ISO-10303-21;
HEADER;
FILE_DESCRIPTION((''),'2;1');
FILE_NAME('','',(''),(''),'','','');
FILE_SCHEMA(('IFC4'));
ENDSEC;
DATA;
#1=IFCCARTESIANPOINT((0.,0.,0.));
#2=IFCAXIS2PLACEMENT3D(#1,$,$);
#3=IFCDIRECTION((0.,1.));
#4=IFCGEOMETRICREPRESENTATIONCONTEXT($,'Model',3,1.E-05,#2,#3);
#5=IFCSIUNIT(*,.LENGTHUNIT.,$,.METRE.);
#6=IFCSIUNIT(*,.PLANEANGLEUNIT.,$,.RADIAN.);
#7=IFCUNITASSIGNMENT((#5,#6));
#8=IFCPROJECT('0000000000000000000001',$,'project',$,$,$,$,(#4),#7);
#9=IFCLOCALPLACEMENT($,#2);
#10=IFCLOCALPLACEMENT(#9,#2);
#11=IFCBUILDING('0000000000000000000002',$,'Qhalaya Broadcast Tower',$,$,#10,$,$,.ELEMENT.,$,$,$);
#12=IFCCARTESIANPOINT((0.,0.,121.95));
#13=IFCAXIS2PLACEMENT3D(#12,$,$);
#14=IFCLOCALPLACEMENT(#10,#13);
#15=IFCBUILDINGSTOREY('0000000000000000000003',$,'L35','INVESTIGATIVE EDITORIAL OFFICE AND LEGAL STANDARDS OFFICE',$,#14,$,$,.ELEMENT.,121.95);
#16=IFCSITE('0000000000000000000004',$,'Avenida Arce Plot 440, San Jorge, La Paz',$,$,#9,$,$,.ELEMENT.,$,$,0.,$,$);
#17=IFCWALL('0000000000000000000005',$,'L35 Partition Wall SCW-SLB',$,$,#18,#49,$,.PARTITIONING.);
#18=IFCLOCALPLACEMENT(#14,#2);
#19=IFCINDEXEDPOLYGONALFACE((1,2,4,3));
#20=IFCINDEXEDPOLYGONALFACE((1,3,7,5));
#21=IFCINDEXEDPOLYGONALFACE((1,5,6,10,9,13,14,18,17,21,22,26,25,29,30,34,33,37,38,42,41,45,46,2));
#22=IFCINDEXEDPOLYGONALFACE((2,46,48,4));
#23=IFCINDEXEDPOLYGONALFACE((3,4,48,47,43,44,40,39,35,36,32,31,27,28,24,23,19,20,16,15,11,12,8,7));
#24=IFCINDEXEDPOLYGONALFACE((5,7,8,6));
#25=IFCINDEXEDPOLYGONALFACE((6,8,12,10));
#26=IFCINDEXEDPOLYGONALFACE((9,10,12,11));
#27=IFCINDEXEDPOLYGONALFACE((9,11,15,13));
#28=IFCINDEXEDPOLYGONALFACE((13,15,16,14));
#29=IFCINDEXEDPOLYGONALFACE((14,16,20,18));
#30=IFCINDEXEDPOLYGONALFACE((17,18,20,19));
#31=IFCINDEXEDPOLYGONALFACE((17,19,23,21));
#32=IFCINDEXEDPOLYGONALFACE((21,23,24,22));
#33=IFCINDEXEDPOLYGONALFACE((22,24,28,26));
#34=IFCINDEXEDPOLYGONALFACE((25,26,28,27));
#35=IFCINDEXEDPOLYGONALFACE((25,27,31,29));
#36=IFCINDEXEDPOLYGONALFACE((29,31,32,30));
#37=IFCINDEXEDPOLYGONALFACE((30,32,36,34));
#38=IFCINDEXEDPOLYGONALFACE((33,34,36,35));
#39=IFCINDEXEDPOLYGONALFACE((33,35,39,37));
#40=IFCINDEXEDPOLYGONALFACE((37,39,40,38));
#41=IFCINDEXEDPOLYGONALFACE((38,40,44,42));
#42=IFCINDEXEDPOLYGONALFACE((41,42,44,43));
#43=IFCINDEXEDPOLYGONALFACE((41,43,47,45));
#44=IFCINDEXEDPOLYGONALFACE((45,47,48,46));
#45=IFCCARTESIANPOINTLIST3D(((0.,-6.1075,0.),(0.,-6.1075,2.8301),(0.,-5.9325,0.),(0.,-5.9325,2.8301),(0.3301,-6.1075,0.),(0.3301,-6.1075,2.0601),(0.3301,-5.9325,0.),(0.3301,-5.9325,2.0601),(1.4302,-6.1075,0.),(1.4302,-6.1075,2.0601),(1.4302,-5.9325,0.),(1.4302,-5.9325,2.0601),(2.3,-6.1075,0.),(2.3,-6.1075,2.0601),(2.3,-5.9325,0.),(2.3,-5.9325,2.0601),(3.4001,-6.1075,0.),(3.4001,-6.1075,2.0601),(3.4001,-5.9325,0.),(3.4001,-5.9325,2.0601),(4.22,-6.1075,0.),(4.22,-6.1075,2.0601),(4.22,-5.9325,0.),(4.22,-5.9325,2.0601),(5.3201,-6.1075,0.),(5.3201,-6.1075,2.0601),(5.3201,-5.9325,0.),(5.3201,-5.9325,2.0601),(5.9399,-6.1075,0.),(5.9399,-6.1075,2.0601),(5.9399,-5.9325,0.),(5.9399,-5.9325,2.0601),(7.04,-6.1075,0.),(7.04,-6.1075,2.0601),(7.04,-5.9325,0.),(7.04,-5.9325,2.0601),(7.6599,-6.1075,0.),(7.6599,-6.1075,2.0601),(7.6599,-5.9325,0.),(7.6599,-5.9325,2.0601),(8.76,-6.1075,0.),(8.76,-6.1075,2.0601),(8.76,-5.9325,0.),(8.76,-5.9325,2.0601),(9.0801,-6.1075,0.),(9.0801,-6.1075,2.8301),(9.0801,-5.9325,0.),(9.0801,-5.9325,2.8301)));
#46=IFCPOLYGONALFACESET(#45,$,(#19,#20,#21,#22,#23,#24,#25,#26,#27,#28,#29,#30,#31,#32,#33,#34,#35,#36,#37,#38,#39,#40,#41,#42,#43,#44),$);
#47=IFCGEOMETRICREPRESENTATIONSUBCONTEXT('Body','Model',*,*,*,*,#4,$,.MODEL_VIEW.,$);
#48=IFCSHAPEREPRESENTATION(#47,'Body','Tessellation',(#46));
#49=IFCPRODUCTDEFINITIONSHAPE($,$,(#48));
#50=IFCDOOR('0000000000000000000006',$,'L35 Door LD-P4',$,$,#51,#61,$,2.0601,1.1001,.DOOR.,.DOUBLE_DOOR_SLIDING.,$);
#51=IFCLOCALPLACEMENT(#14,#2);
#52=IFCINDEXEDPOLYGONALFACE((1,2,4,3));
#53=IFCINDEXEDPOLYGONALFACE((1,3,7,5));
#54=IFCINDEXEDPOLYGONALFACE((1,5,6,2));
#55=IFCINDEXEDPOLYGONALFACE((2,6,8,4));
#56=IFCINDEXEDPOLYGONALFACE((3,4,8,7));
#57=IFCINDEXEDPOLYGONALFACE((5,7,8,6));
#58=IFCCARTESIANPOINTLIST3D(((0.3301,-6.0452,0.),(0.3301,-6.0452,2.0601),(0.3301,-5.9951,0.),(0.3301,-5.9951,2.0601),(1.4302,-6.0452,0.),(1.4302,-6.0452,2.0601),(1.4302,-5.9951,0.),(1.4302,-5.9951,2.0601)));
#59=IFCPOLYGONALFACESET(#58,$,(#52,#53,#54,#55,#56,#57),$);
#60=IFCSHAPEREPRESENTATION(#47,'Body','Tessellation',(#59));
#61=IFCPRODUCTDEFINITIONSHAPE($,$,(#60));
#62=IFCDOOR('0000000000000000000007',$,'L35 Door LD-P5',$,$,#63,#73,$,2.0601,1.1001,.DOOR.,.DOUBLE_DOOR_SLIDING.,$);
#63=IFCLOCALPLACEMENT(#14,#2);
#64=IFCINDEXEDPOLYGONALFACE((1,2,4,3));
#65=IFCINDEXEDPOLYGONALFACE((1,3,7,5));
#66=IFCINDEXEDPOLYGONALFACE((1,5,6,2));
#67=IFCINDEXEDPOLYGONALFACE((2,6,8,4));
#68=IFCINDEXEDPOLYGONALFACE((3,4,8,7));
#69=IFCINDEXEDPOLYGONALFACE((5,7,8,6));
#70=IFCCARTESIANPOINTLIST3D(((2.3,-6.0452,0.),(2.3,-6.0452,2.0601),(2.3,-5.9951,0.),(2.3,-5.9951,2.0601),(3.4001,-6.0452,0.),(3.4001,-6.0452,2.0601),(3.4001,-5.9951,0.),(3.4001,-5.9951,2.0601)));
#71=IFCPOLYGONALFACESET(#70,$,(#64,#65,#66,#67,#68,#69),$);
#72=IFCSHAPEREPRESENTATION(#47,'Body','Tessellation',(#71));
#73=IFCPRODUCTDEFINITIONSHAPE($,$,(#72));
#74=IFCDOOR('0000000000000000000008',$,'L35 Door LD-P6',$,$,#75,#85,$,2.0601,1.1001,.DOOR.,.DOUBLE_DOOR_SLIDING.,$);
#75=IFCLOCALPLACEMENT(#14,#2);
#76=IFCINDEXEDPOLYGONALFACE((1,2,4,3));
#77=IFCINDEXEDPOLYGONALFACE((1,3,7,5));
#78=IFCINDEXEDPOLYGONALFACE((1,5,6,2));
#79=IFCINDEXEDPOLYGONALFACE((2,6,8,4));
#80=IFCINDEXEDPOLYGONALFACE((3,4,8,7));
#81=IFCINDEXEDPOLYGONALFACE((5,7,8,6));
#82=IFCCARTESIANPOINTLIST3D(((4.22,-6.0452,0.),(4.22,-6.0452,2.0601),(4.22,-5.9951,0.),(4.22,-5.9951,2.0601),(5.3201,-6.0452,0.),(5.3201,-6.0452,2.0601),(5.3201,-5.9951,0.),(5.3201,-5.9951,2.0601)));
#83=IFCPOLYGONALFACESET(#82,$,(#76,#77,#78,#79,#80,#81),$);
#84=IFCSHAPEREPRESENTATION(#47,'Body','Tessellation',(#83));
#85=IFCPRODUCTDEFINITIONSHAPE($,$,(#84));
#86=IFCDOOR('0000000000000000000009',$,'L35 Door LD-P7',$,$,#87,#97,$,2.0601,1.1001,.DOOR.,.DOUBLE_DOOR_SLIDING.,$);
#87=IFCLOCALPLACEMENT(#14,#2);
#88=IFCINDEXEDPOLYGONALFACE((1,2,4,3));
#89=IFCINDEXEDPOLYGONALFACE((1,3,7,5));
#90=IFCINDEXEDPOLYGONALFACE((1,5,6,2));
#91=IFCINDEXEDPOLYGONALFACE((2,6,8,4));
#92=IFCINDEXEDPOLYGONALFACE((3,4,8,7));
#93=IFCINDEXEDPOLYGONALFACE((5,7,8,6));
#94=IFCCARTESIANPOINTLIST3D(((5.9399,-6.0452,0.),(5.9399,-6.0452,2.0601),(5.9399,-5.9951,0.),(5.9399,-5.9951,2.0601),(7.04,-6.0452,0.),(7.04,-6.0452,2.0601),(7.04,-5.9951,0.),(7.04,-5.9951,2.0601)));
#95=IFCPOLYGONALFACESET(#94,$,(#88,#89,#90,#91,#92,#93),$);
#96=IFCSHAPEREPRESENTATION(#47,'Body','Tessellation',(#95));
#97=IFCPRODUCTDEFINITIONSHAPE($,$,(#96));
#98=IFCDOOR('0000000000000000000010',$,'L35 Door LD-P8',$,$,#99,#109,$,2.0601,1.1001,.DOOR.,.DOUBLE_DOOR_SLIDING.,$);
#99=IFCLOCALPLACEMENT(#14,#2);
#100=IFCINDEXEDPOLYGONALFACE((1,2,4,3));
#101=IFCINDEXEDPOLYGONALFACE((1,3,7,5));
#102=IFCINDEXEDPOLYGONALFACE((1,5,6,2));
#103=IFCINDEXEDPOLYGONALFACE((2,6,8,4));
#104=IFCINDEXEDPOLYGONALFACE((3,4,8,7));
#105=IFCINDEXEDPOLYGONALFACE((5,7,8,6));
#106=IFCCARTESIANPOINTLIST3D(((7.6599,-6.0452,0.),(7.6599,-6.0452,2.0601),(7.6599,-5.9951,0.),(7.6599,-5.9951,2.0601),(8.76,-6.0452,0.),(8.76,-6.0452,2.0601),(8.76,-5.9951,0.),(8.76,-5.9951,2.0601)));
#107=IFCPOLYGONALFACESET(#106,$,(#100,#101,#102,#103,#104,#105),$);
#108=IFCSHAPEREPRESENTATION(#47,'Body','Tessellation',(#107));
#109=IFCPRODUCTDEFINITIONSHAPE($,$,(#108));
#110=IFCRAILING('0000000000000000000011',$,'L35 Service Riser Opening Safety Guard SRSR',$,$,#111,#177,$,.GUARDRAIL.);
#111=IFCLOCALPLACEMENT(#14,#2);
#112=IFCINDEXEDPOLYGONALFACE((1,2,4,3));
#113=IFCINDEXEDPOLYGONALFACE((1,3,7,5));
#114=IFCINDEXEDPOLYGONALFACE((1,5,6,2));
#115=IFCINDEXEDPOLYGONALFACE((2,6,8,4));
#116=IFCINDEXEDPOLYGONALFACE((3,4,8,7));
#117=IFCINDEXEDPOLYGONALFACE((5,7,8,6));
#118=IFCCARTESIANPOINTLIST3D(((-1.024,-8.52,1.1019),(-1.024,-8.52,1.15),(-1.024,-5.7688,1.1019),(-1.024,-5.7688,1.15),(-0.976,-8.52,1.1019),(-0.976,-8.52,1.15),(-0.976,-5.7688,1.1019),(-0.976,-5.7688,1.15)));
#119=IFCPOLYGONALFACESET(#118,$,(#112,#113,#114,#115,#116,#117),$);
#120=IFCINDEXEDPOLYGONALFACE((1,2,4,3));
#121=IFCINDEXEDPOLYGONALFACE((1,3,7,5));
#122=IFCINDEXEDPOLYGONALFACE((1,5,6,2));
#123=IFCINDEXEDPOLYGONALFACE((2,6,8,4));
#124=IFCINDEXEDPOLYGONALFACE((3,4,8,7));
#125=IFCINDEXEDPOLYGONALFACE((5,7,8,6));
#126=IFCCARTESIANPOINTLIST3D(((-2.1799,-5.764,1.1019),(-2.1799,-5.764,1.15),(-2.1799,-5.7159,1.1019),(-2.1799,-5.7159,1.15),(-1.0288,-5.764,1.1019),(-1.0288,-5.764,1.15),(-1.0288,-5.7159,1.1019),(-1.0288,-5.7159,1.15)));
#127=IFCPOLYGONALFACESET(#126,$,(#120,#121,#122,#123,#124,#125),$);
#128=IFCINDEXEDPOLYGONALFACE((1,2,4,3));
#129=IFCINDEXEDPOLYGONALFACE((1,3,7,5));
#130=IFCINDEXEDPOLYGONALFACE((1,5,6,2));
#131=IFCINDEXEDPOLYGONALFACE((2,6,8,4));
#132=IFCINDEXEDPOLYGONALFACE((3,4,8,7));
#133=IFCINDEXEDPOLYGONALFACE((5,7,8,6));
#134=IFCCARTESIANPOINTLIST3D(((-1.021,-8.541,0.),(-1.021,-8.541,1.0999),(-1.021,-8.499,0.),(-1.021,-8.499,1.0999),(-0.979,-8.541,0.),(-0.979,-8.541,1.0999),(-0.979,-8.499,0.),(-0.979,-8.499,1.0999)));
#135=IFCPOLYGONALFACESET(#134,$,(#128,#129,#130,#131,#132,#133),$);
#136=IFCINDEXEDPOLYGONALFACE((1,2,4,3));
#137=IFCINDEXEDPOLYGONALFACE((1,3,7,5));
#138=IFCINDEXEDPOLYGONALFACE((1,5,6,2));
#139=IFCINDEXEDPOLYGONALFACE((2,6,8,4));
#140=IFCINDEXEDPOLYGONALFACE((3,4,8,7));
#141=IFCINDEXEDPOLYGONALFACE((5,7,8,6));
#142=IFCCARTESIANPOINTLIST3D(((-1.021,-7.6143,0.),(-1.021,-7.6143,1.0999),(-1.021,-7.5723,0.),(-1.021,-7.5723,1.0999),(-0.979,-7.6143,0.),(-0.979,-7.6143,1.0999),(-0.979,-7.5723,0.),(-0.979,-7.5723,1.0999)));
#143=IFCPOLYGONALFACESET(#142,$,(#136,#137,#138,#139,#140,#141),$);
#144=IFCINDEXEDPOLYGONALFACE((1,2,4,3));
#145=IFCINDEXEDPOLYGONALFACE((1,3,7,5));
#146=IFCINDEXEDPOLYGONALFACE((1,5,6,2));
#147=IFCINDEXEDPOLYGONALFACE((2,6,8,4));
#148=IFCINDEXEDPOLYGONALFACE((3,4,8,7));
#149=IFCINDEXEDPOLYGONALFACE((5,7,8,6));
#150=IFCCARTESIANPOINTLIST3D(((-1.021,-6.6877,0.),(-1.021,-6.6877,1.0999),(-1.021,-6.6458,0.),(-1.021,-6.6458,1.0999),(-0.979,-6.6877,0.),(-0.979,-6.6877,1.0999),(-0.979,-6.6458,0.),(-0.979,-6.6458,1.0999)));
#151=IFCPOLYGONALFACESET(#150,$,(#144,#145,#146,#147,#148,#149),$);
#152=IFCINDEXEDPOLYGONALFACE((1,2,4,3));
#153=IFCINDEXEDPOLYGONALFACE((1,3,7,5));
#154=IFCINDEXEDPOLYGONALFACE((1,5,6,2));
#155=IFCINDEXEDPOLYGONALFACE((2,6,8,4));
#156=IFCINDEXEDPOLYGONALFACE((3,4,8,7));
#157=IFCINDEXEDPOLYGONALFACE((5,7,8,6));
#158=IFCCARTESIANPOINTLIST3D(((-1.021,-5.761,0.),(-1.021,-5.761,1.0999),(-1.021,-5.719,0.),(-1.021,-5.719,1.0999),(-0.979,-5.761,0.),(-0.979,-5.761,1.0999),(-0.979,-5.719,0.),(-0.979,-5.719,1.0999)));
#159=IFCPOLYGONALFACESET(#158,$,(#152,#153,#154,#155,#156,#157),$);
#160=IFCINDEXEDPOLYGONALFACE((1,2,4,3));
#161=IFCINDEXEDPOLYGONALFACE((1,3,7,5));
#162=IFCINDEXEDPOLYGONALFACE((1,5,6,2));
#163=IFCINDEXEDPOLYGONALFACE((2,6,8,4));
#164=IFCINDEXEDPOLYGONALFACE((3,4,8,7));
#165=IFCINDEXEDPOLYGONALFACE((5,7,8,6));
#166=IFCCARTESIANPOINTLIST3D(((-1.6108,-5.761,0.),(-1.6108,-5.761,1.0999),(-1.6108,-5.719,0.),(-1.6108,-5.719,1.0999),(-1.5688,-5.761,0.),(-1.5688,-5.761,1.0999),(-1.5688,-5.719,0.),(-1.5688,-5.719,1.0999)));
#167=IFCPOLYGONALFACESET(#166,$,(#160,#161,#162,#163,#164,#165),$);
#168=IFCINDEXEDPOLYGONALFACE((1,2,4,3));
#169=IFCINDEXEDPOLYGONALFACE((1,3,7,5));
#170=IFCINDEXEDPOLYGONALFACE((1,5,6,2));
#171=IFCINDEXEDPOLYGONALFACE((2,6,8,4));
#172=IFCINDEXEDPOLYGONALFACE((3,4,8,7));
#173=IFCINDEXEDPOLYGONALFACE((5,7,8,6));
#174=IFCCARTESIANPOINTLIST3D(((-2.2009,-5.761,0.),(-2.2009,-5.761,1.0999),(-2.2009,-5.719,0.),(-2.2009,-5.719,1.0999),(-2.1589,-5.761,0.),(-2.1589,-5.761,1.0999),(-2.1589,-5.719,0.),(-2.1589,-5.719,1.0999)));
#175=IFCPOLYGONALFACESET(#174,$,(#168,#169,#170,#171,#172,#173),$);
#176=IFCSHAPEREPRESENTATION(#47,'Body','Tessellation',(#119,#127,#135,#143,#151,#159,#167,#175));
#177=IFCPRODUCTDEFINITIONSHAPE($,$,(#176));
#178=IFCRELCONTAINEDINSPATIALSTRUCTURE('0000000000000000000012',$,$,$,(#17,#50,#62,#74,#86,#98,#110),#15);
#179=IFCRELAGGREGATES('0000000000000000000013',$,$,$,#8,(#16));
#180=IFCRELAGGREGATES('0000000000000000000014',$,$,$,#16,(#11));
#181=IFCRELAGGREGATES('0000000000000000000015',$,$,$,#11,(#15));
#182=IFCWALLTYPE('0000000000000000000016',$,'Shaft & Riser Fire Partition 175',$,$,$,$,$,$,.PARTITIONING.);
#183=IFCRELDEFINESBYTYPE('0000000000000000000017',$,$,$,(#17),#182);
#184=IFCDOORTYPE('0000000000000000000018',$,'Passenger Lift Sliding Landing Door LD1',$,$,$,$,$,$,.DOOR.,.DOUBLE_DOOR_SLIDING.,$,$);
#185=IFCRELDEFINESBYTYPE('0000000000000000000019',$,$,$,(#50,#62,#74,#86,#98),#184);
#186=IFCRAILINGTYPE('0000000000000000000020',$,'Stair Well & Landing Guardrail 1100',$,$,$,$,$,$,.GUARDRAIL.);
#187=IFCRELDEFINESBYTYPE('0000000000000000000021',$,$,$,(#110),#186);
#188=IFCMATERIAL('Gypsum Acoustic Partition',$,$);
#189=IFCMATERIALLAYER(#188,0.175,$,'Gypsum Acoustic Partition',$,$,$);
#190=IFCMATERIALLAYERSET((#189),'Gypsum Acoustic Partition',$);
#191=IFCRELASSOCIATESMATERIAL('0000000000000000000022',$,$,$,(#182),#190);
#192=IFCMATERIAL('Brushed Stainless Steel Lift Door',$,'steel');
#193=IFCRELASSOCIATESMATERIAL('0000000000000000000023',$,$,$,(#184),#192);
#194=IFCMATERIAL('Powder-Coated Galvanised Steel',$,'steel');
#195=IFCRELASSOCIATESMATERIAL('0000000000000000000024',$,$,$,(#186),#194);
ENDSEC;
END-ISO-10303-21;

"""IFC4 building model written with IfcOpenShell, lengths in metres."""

from ifc_helpers import new_model, si_unit, direction, frame, frame_2d, origin, origin_2d, place, context, subcontext, project, spatial, rectangle, extrude, material, layer, layer_set, type_object, element, fill, save


model = new_model("IFC4")

# Units and contexts
model_context = context("Model", 3, precision=1e-05, world=origin(), true_north=direction((0.0, 1.0)))
body_context = subcontext(model_context, "Body", "Model", "MODEL_VIEW")
ifc_project = project(units=[si_unit("LENGTHUNIT", "METRE"), si_unit("PLANEANGLEUNIT", "RADIAN")], contexts=[model_context])

# Site, building, storey
site_placement = place(None, origin())
site = spatial("IfcSite", under=ifc_project, at=site_placement, Name="Avenida Arce Plot 440, San Jorge, La Paz", CompositionType="ELEMENT", RefElevation=0.0)
building_placement = place(site_placement, origin())
building = spatial("IfcBuilding", under=site, at=building_placement, Name="Qhalaya Broadcast Tower", CompositionType="ELEMENT")
storey_placement = place(building_placement, frame((0.0, 0.0, 121.95)))
storey = spatial("IfcBuildingStorey", under=building, at=storey_placement, Name="L35", Description="INVESTIGATIVE EDITORIAL OFFICE AND LEGAL STANDARDS OFFICE", CompositionType="ELEMENT", Elevation=121.95)

# Shared definitions
ifc_material_1 = material(Name="Gypsum Acoustic Partition")

# Shared definitions
ifc_layer_1 = layer(ifc_material_1, 0.175, Name="Gypsum Acoustic Partition")
ifc_layer_set_1 = layer_set([ifc_layer_1], Name="Gypsum Acoustic Partition")
wall_type_1 = type_object("IfcWallType", Name="Shaft & Riser Fire Partition 175", PredefinedType="PARTITIONING", material=ifc_layer_set_1)

# Wall, openings, doors
wall_1_placement = place(storey_placement, frame((0.0, -6.02, 0.0), z_axis=(0.0, 0.0, 1.0), x_axis=(1.0, 0.0, 0.0)))
wall_1 = element("IfcWall", 1, at=wall_1_placement, inside=storey, type_object=wall_type_1, Name="L35 Partition Wall SCW-SLB", PredefinedType="PARTITIONING", context=body_context, shape_type="SweptSolid", body=[
    extrude(rectangle(XDim=9.0801, YDim=0.175, at=frame_2d((4.54, 0.0))), origin(), (0.0, 0.0, 1.0), 2.8301),
])
opening_1_placement = place(wall_1_placement, frame((0.3301, 0.0, 0.0)))
opening_1 = element("IfcOpeningElement", 2, at=opening_1_placement, cuts=wall_1, PredefinedType="OPENING", context=body_context, shape_type="SweptSolid", body=[
    extrude(rectangle(XDim=1.1001, YDim=2.0601, at=frame_2d((0.55, 1.03))), frame((0.0, 0.0996, 0.0), z_axis=(0.0, -1.0, 0.0), x_axis=(1.0, 0.0, 0.0)), (0.0, 0.0, 1.0), 0.199),
])
opening_2_placement = place(wall_1_placement, frame((2.3, 0.0, 0.0)))
opening_2 = element("IfcOpeningElement", 3, at=opening_2_placement, cuts=wall_1, PredefinedType="OPENING", context=body_context, shape_type="SweptSolid", body=[
    extrude(rectangle(XDim=1.1001, YDim=2.0601, at=frame_2d((0.55, 1.03))), frame((0.0, 0.0996, 0.0), z_axis=(0.0, -1.0, 0.0), x_axis=(1.0, 0.0, 0.0)), (0.0, 0.0, 1.0), 0.199),
])
opening_3_placement = place(wall_1_placement, frame((4.22, 0.0, 0.0)))
opening_3 = element("IfcOpeningElement", 4, at=opening_3_placement, cuts=wall_1, PredefinedType="OPENING", context=body_context, shape_type="SweptSolid", body=[
    extrude(rectangle(XDim=1.1001, YDim=2.0601, at=frame_2d((0.55, 1.03))), frame((0.0, 0.0996, 0.0), z_axis=(0.0, -1.0, 0.0), x_axis=(1.0, 0.0, 0.0)), (0.0, 0.0, 1.0), 0.199),
])
opening_4_placement = place(wall_1_placement, frame((5.9399, 0.0, 0.0)))
opening_4 = element("IfcOpeningElement", 5, at=opening_4_placement, cuts=wall_1, PredefinedType="OPENING", context=body_context, shape_type="SweptSolid", body=[
    extrude(rectangle(XDim=1.1001, YDim=2.0601, at=frame_2d((0.55, 1.03))), frame((0.0, 0.0996, 0.0), z_axis=(0.0, -1.0, 0.0), x_axis=(1.0, 0.0, 0.0)), (0.0, 0.0, 1.0), 0.199),
])
opening_5_placement = place(wall_1_placement, frame((7.6599, 0.0, 0.0)))
opening_5 = element("IfcOpeningElement", 6, at=opening_5_placement, cuts=wall_1, PredefinedType="OPENING", context=body_context, shape_type="SweptSolid", body=[
    extrude(rectangle(XDim=1.1001, YDim=2.0601, at=frame_2d((0.55, 1.03))), frame((0.0, 0.0996, 0.0), z_axis=(0.0, -1.0, 0.0), x_axis=(1.0, 0.0, 0.0)), (0.0, 0.0, 1.0), 0.199),
])
ifc_material_2 = material(Name="Brushed Stainless Steel Lift Door", Category="steel")
door_type_1 = type_object("IfcDoorType", Name="Passenger Lift Sliding Landing Door LD1", OperationType="DOUBLE_DOOR_SLIDING", PredefinedType="DOOR", material=ifc_material_2)
door_1_placement = place(opening_1_placement, origin())
door_1 = element("IfcDoor", 7, at=door_1_placement, inside=storey, type_object=door_type_1, Name="L35 Door LD-P4", OperationType="DOUBLE_DOOR_SLIDING", OverallHeight=2.0601, OverallWidth=1.1001, PredefinedType="DOOR", context=body_context, shape_type="SweptSolid", body=[
    extrude(rectangle(XDim=1.1001, YDim=2.0601, at=frame_2d((0.55, 1.03))), frame((0.0, 0.0249, 0.0), z_axis=(0.0, -1.0, 0.0), x_axis=(1.0, 0.0, 0.0)), (0.0, 0.0, 1.0), 0.05),
])
fill(opening_1, door_1)
door_2_placement = place(opening_2_placement, origin())
door_2 = element("IfcDoor", 8, at=door_2_placement, inside=storey, type_object=door_type_1, Name="L35 Door LD-P5", OperationType="DOUBLE_DOOR_SLIDING", OverallHeight=2.0601, OverallWidth=1.1001, PredefinedType="DOOR", context=body_context, shape_type="SweptSolid", body=[
    extrude(rectangle(XDim=1.1001, YDim=2.0601, at=frame_2d((0.55, 1.03))), frame((0.0, 0.0249, 0.0), z_axis=(0.0, -1.0, 0.0), x_axis=(1.0, 0.0, 0.0)), (0.0, 0.0, 1.0), 0.05),
])
fill(opening_2, door_2)
door_3_placement = place(opening_3_placement, origin())
door_3 = element("IfcDoor", 9, at=door_3_placement, inside=storey, type_object=door_type_1, Name="L35 Door LD-P6", OperationType="DOUBLE_DOOR_SLIDING", OverallHeight=2.0601, OverallWidth=1.1001, PredefinedType="DOOR", context=body_context, shape_type="SweptSolid", body=[
    extrude(rectangle(XDim=1.1001, YDim=2.0601, at=frame_2d((0.55, 1.03))), frame((0.0, 0.0249, 0.0), z_axis=(0.0, -1.0, 0.0), x_axis=(1.0, 0.0, 0.0)), (0.0, 0.0, 1.0), 0.05),
])
fill(opening_3, door_3)
door_4_placement = place(opening_4_placement, origin())
door_4 = element("IfcDoor", 10, at=door_4_placement, inside=storey, type_object=door_type_1, Name="L35 Door LD-P7", OperationType="DOUBLE_DOOR_SLIDING", OverallHeight=2.0601, OverallWidth=1.1001, PredefinedType="DOOR", context=body_context, shape_type="SweptSolid", body=[
    extrude(rectangle(XDim=1.1001, YDim=2.0601, at=frame_2d((0.55, 1.03))), frame((0.0, 0.0249, 0.0), z_axis=(0.0, -1.0, 0.0), x_axis=(1.0, 0.0, 0.0)), (0.0, 0.0, 1.0), 0.05),
])
fill(opening_4, door_4)
door_5_placement = place(opening_5_placement, origin())
door_5 = element("IfcDoor", 11, at=door_5_placement, inside=storey, type_object=door_type_1, Name="L35 Door LD-P8", OperationType="DOUBLE_DOOR_SLIDING", OverallHeight=2.0601, OverallWidth=1.1001, PredefinedType="DOOR", context=body_context, shape_type="SweptSolid", body=[
    extrude(rectangle(XDim=1.1001, YDim=2.0601, at=frame_2d((0.55, 1.03))), frame((0.0, 0.0249, 0.0), z_axis=(0.0, -1.0, 0.0), x_axis=(1.0, 0.0, 0.0)), (0.0, 0.0, 1.0), 0.05),
])
fill(opening_5, door_5)

# Railing
ifc_material_3 = material(Name="Powder-Coated Galvanised Steel", Category="steel")
railing_type = type_object("IfcRailingType", Name="Stair Well & Landing Guardrail 1100", PredefinedType="GUARDRAIL", material=ifc_material_3)
railing_placement = place(storey_placement, frame((-1.0, -8.52, 0.0)))
element("IfcRailing", 12, at=railing_placement, inside=storey, type_object=railing_type, Name="L35 Service Riser Opening Safety Guard SRSR", PredefinedType="GUARDRAIL", context=body_context, shape_type="SweptSolid", body=[
    extrude(rectangle(XDim=0.0481, YDim=0.0481, at=origin_2d()), frame((0.0, 0.0, 1.126), z_axis=(0.0, 1.0, 0.0), x_axis=(-1.0, 0.0, 0.0)), (0.0, 0.0, 1.0), 2.7512),
    extrude(rectangle(XDim=0.0481, YDim=0.0481, at=origin_2d()), frame((-0.0288, 2.78, 1.126), z_axis=(-1.0, 0.0, 0.0), x_axis=(0.0, -1.0, 0.0)), (0.0, 0.0, 1.0), 1.1511),
    extrude(rectangle(XDim=0.042, YDim=0.042, at=origin_2d()), origin(), (0.0, 0.0, 1.0), 1.0999),
    extrude(rectangle(XDim=0.042, YDim=0.042, at=origin_2d()), frame((0.0, 0.9268, 0.0)), (0.0, 0.0, 1.0), 1.0999),
    extrude(rectangle(XDim=0.042, YDim=0.042, at=origin_2d()), frame((0.0, 1.8533, 0.0)), (0.0, 0.0, 1.0), 1.0999),
    extrude(rectangle(XDim=0.042, YDim=0.042, at=origin_2d()), frame((0.0, 2.78, 0.0)), (0.0, 0.0, 1.0), 1.0999),
    extrude(rectangle(XDim=0.042, YDim=0.042, at=origin_2d()), frame((-0.5898, 2.78, 0.0)), (0.0, 0.0, 1.0), 1.0999),
    extrude(rectangle(XDim=0.042, YDim=0.042, at=origin_2d()), frame((-1.1799, 2.78, 0.0)), (0.0, 0.0, 1.0), 1.0999),
])

save(model, "model.ifc")
